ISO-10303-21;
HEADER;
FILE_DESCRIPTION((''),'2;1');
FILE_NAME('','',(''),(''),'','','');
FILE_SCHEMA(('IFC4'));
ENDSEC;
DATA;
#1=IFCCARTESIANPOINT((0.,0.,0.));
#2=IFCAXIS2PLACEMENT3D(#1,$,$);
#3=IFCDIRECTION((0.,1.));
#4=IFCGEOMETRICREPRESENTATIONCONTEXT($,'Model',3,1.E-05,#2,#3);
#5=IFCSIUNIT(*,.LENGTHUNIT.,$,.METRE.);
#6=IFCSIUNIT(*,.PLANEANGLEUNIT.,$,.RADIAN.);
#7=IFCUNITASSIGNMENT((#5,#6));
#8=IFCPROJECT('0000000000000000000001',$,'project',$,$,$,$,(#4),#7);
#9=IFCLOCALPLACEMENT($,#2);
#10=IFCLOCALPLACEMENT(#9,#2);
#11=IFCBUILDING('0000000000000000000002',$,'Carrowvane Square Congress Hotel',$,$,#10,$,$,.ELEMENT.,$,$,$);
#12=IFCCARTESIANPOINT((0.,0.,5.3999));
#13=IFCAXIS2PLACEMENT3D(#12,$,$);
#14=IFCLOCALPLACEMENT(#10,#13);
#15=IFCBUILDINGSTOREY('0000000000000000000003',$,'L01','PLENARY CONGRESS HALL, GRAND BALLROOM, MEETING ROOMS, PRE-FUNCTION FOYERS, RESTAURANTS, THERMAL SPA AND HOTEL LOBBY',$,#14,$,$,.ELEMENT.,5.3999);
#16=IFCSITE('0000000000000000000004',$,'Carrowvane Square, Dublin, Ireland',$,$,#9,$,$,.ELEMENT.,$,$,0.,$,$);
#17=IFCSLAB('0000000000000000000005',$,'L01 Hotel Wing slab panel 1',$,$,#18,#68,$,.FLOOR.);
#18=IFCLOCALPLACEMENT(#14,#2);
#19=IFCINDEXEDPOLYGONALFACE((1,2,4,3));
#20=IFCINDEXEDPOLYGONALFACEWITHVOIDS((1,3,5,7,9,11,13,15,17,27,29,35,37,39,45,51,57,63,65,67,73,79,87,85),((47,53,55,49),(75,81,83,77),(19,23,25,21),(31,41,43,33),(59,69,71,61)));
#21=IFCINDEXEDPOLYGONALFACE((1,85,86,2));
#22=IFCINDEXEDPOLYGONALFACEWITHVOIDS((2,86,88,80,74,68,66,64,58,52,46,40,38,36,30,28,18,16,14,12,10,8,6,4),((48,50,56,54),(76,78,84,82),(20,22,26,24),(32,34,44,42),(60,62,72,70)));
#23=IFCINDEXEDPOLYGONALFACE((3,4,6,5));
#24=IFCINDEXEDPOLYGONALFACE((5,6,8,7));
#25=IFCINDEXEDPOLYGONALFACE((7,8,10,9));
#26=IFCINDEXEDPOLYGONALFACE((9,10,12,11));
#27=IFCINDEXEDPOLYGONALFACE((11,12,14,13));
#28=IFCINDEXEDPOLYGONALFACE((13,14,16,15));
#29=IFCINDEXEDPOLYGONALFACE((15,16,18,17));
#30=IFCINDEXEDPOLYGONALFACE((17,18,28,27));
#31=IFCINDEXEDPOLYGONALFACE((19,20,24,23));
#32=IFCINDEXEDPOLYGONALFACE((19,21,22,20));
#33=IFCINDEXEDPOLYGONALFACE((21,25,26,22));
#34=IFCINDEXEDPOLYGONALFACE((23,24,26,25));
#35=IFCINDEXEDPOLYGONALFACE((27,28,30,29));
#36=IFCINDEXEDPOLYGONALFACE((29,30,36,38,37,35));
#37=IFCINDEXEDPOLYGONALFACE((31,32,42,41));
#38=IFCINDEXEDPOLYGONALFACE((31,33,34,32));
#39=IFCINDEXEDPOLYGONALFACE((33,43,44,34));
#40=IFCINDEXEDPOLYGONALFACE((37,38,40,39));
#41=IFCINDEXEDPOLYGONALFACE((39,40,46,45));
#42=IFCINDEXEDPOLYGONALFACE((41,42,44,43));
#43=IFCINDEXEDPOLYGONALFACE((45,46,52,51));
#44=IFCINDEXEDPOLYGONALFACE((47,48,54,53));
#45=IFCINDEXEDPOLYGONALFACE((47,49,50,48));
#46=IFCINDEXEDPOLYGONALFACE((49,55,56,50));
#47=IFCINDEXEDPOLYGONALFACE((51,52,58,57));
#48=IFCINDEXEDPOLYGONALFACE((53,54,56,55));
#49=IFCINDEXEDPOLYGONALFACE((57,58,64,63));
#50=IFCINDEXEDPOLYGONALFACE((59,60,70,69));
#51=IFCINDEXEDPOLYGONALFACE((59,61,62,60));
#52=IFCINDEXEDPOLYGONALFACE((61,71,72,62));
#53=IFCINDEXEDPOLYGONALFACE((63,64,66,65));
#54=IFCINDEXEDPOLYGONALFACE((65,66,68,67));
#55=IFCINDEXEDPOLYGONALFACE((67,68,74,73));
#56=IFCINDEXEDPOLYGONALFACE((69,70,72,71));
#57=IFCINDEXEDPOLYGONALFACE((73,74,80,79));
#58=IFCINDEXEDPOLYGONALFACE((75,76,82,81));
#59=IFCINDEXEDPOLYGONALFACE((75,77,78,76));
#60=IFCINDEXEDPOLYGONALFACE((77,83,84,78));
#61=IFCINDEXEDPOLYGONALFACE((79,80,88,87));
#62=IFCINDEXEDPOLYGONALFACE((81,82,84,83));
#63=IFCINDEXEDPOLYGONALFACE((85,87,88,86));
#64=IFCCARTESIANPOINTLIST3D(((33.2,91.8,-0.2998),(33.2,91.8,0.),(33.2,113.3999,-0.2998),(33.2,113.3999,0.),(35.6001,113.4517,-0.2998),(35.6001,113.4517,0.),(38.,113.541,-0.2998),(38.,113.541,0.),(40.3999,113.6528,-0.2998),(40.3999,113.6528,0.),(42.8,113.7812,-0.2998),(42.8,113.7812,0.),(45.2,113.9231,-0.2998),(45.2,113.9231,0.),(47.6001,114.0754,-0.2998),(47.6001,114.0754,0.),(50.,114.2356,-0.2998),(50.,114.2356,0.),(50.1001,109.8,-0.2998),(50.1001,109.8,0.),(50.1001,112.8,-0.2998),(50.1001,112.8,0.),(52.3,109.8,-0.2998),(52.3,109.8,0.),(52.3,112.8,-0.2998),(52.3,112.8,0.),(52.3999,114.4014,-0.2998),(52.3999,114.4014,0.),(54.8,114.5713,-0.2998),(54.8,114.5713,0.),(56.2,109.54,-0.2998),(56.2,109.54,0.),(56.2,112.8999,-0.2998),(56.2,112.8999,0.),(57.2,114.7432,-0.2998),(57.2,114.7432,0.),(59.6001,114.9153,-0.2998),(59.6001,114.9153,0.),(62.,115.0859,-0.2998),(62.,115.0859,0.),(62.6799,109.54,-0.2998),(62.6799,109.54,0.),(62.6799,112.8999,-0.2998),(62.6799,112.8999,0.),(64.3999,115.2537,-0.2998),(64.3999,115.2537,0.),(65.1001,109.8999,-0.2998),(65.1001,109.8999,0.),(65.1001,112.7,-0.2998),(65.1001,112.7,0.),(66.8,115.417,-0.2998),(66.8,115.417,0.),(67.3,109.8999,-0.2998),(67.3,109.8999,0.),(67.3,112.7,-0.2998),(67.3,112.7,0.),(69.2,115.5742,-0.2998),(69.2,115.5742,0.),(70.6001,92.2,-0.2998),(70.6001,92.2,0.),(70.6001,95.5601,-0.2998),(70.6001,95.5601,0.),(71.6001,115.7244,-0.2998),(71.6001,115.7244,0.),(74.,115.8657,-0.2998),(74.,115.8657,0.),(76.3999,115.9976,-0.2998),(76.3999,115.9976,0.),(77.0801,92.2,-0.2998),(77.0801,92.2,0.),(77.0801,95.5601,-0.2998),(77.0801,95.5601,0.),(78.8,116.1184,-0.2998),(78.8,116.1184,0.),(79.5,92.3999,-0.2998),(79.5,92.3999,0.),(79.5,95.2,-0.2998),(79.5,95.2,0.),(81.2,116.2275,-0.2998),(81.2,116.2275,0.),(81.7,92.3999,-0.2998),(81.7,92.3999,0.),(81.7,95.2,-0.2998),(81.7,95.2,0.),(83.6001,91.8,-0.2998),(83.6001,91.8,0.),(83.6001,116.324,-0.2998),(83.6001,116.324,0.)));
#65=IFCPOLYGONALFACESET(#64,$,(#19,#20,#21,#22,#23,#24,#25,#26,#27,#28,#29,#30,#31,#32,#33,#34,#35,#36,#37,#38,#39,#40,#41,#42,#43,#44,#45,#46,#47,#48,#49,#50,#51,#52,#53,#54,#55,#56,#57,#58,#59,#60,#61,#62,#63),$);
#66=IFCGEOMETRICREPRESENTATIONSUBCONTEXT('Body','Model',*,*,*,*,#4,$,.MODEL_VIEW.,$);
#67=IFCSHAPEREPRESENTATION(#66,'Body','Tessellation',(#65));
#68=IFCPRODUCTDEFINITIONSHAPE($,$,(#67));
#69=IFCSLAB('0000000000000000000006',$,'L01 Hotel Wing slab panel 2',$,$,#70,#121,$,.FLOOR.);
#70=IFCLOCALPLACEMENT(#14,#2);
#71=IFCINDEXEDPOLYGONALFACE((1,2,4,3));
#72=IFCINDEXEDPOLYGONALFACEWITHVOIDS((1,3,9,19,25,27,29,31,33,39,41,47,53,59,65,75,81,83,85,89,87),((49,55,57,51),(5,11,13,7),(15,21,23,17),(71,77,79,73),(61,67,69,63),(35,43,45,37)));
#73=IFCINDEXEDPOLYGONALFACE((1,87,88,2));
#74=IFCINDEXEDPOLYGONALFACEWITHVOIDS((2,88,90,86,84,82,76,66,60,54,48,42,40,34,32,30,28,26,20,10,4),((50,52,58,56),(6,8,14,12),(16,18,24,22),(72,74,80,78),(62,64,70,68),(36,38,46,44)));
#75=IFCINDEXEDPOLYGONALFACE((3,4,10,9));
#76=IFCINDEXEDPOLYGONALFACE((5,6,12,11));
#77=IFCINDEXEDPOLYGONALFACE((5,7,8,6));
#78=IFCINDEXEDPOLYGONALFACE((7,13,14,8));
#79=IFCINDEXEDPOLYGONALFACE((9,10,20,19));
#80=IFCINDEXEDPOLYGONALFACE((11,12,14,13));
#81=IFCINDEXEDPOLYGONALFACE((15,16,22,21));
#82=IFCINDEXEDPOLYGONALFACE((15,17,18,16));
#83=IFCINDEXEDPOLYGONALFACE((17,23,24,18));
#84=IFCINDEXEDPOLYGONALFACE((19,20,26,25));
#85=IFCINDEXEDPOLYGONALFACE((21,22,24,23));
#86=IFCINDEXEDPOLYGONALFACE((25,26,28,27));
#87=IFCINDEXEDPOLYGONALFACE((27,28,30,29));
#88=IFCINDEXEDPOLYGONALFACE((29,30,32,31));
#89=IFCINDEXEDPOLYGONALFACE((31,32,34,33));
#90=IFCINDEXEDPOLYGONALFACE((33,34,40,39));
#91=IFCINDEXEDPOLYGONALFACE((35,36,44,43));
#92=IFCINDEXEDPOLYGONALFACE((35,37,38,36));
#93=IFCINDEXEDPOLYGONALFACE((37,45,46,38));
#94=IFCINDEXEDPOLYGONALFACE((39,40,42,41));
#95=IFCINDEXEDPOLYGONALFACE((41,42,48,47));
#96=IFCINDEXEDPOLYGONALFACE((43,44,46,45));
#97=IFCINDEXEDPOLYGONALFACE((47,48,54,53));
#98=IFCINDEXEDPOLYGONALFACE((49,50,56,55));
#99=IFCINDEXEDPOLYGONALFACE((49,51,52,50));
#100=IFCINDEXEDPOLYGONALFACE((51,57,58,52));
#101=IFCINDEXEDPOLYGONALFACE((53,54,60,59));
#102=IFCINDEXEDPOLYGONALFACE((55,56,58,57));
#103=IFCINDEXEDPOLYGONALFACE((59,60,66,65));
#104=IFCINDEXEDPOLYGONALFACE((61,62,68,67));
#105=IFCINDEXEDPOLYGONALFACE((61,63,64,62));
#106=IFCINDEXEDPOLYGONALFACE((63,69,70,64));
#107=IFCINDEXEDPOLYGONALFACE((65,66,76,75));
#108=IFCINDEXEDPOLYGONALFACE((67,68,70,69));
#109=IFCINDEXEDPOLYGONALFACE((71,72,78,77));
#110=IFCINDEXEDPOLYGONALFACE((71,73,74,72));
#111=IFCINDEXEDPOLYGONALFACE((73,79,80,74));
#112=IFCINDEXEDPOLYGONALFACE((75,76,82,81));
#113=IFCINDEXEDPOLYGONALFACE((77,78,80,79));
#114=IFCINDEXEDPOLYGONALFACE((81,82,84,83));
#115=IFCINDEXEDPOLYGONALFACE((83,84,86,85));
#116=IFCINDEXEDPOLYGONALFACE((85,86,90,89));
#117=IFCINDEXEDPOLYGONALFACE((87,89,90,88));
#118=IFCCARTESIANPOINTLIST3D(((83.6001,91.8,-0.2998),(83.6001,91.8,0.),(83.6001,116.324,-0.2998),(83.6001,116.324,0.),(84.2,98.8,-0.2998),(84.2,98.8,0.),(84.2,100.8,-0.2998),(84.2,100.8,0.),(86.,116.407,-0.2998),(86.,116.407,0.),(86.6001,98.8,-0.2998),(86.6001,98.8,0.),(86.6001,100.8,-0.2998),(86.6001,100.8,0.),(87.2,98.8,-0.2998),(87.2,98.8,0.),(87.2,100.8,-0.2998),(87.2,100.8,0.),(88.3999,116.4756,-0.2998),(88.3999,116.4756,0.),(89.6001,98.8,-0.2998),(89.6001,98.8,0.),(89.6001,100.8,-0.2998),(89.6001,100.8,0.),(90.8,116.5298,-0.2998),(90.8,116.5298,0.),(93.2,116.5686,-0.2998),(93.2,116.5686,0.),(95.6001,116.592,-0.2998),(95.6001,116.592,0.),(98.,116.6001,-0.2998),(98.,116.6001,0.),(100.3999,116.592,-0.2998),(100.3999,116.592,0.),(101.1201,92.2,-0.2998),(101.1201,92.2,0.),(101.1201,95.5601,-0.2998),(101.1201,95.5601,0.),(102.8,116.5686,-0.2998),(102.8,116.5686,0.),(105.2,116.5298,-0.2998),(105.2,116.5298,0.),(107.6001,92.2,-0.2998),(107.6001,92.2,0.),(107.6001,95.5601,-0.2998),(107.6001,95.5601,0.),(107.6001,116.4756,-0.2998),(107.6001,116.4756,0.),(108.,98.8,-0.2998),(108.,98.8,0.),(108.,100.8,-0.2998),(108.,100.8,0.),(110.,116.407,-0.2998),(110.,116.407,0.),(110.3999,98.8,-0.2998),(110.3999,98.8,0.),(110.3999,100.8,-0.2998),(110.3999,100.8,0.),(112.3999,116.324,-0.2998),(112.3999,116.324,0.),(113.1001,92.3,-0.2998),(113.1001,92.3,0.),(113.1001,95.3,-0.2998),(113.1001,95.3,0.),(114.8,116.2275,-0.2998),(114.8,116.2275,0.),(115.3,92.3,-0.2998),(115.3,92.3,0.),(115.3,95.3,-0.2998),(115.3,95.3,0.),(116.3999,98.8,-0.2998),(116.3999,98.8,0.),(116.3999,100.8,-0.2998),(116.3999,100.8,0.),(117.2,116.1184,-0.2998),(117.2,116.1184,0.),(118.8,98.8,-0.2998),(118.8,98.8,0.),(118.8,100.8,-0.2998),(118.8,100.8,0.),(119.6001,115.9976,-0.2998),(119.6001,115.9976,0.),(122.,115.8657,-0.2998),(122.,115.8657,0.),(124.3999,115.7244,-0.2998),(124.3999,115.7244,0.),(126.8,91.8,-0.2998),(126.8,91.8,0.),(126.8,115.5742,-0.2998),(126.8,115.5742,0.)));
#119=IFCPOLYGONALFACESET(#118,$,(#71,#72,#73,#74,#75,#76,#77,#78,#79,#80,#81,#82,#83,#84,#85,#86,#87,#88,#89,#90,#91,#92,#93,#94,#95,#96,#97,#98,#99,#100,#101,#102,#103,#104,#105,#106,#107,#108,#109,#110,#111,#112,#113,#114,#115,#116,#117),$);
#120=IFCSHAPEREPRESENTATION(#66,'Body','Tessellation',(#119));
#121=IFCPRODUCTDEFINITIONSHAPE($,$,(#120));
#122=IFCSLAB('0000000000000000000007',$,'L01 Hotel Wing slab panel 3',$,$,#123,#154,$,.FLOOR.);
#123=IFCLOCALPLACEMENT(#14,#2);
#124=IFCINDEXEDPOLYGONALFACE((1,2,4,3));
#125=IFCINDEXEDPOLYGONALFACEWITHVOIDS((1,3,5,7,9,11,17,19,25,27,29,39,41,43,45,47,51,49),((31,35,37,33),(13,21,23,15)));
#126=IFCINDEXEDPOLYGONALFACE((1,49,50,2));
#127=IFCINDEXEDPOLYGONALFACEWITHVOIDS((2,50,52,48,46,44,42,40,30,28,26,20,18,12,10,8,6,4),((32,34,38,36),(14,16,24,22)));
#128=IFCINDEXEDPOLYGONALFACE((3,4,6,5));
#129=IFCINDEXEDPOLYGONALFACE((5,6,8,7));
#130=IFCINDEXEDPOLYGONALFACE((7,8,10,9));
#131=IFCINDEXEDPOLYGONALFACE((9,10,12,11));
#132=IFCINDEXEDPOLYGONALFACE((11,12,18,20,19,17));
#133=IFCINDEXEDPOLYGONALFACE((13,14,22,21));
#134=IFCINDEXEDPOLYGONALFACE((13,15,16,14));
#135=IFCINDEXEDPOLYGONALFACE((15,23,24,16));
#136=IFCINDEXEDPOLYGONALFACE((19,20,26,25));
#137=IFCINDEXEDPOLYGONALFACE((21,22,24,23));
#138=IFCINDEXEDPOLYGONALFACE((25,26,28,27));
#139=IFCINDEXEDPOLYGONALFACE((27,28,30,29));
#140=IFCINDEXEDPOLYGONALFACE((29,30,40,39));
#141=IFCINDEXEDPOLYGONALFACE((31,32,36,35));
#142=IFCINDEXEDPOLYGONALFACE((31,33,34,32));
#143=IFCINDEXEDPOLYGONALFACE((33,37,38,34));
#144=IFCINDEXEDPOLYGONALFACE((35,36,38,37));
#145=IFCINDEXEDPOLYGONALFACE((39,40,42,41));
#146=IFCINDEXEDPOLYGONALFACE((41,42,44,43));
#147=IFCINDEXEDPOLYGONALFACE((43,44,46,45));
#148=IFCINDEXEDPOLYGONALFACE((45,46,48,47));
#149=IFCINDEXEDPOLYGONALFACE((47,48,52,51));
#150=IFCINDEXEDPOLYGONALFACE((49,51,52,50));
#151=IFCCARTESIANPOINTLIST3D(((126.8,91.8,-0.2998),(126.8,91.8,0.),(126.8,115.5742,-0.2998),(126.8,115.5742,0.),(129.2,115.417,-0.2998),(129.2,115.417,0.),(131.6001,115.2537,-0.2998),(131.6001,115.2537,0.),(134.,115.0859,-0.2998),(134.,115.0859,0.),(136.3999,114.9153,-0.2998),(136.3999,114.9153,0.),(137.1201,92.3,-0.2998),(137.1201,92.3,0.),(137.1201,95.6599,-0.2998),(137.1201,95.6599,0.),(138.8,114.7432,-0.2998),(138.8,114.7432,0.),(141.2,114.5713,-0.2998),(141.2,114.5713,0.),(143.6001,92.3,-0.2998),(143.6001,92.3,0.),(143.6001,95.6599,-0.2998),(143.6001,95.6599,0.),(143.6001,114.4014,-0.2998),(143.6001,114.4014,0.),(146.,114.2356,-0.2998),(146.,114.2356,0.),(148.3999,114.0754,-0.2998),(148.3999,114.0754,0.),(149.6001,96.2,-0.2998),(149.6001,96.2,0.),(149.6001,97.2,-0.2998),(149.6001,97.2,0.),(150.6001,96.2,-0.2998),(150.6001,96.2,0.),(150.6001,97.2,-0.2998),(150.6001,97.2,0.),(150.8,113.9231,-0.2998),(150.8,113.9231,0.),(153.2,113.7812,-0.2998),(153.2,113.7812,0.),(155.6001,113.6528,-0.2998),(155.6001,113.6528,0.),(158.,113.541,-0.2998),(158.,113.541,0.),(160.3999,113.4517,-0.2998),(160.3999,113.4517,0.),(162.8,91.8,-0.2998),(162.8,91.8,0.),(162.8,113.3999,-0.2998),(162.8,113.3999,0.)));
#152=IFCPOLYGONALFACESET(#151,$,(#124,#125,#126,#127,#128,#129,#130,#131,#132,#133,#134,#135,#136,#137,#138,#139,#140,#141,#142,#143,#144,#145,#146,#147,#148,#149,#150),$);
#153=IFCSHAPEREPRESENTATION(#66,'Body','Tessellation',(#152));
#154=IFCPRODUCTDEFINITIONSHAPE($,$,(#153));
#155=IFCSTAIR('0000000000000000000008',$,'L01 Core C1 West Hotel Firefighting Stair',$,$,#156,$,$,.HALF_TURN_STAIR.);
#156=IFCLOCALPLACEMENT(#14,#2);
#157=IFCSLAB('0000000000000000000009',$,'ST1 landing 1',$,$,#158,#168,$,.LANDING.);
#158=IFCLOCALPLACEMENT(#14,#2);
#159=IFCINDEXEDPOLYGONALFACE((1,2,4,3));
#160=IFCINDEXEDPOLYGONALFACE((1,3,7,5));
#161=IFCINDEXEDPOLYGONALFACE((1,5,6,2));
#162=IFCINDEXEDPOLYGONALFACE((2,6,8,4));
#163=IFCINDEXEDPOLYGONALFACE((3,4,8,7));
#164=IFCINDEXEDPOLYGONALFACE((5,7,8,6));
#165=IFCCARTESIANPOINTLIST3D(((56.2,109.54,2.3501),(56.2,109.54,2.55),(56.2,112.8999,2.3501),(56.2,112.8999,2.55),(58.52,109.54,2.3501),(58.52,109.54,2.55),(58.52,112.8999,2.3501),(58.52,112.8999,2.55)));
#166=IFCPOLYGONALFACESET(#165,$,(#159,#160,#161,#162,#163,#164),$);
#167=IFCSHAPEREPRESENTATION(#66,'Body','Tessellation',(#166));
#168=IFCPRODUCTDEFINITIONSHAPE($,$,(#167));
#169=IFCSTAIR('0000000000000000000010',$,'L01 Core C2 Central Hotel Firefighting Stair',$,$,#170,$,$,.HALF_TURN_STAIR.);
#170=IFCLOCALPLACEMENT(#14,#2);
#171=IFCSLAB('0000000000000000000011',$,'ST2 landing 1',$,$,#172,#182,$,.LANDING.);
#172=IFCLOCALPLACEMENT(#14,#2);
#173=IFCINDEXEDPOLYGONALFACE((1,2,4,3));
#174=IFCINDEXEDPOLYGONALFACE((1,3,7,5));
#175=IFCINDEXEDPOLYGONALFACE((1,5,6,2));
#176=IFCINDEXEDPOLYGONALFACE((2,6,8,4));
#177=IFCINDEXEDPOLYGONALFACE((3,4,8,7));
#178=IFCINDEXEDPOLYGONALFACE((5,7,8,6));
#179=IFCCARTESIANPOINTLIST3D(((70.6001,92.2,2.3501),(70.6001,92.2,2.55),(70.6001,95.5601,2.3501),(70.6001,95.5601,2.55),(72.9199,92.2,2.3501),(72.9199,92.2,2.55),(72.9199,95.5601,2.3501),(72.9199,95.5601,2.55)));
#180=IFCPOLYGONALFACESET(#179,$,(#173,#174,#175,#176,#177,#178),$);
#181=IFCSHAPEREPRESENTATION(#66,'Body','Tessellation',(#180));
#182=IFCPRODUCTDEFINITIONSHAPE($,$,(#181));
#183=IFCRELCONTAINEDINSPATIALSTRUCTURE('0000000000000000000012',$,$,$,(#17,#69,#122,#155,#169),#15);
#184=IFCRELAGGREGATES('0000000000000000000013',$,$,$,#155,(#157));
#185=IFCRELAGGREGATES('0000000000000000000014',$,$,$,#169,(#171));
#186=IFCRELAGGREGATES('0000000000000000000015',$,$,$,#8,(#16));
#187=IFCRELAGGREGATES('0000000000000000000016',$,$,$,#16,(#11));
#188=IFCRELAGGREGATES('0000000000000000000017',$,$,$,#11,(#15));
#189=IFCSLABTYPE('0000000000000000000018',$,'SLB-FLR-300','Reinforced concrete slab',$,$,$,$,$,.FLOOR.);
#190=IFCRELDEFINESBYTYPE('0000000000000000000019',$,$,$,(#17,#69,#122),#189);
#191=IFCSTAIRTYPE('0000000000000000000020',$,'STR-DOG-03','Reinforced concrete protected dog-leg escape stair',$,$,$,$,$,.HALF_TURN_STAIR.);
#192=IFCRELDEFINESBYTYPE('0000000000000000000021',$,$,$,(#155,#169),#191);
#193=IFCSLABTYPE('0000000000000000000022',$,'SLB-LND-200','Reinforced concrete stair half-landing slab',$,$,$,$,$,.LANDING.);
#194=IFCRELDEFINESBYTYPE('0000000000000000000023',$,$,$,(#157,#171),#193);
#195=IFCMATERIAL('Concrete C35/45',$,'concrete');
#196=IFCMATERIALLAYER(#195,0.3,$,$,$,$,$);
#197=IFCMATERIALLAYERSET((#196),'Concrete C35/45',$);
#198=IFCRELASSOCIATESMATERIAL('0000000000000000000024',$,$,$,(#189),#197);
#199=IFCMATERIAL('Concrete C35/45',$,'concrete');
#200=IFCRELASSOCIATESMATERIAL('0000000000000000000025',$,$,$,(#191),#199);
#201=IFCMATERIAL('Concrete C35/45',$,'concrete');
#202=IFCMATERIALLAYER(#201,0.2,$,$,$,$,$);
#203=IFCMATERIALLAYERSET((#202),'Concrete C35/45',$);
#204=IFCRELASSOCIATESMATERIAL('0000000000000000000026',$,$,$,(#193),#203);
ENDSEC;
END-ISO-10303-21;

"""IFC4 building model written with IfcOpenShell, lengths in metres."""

from ifc_helpers import new_model, si_unit, direction, frame, origin, place, context, subcontext, project, spatial, polyline, outline, extrude, material, layer, layer_set, type_object, element, aggregate, save


model = new_model("IFC4")

# Units and contexts
model_context = context("Model", 3, precision=1e-05, world=origin(), true_north=direction((0.0, 1.0)))
body_context = subcontext(model_context, "Body", "Model", "MODEL_VIEW")
ifc_project = project(units=[si_unit("LENGTHUNIT", "METRE"), si_unit("PLANEANGLEUNIT", "RADIAN")], contexts=[model_context])

# Site, building, storey
site_placement = place(None, origin())
site = spatial("IfcSite", under=ifc_project, at=site_placement, Name="Carrowvane Square, Dublin, Ireland", CompositionType="ELEMENT", RefElevation=0.0)
building_placement = place(site_placement, origin())
building = spatial("IfcBuilding", under=site, at=building_placement, Name="Carrowvane Square Congress Hotel", CompositionType="ELEMENT")
storey_placement = place(building_placement, frame((0.0, 0.0, 5.3999)))
storey = spatial("IfcBuildingStorey", under=building, at=storey_placement, Name="L01", Description="PLENARY CONGRESS HALL, GRAND BALLROOM, MEETING ROOMS, PRE-FUNCTION FOYERS, RESTAURANTS, THERMAL SPA AND HOTEL LOBBY", CompositionType="ELEMENT", Elevation=5.3999)

# Slabs
ifc_material_1 = material(Name="Concrete C35/45", Category="concrete")
ifc_layer_1 = layer(ifc_material_1, 0.3)
ifc_layer_set_1 = layer_set([ifc_layer_1], Name="Concrete C35/45")
slab_type_1 = type_object("IfcSlabType", Name="SLB-FLR-300", Description="Reinforced concrete slab", PredefinedType="FLOOR", material=ifc_layer_set_1)
slab_1_placement = place(storey_placement, frame((0.0, 0.0, -0.2998)))
element("IfcSlab", 1, at=slab_1_placement, inside=storey, type_object=slab_type_1, Name="L01 Hotel Wing slab panel 1", PredefinedType="FLOOR", context=body_context, shape_type="SweptSolid", body=[
    extrude(outline(polyline([(33.2, 91.8), (83.6001, 91.8), (83.6001, 116.324), (81.2, 116.2275), (78.8, 116.1184), (76.3999, 115.9976), (74.0, 115.8657), (71.6001, 115.7244), (69.2, 115.5742), (66.8, 115.417), (64.3999, 115.2537), (62.0, 115.0859), (59.6001, 114.9153), (57.2, 114.7432), (54.8, 114.5713), (52.3999, 114.4014), (50.0, 114.2356), (47.6001, 114.0754), (45.2, 113.9231), (42.8, 113.7812), (40.3999, 113.6528), (38.0, 113.541), (35.6001, 113.4517), (33.2, 113.3999), (33.2, 91.8)]), holes=[polyline([(62.6799, 112.8999), (56.2, 112.8999), (56.2, 109.54), (62.6799, 109.54), (62.6799, 112.8999)]), polyline([(77.0801, 95.5601), (70.6001, 95.5601), (70.6001, 92.2), (77.0801, 92.2), (77.0801, 95.5601)]), polyline([(65.1001, 109.8999), (67.3, 109.8999), (67.3, 112.7), (65.1001, 112.7), (65.1001, 109.8999)]), polyline([(79.5, 92.3999), (81.7, 92.3999), (81.7, 95.2), (79.5, 95.2), (79.5, 92.3999)]), polyline([(50.1001, 109.8), (52.3, 109.8), (52.3, 112.8), (50.1001, 112.8), (50.1001, 109.8)])]), origin(), (0.0, 0.0, 1.0), 0.2998),
])
slab_2_placement = place(storey_placement, frame((0.0, 0.0, -0.2998)))
element("IfcSlab", 2, at=slab_2_placement, inside=storey, type_object=slab_type_1, Name="L01 Hotel Wing slab panel 2", PredefinedType="FLOOR", context=body_context, shape_type="SweptSolid", body=[
    extrude(outline(polyline([(83.6001, 91.8), (126.8, 91.8), (126.8, 115.5742), (124.3999, 115.7244), (122.0, 115.8657), (119.6001, 115.9976), (117.2, 116.1184), (114.8, 116.2275), (112.3999, 116.324), (110.0, 116.407), (107.6001, 116.4756), (105.2, 116.5298), (102.8, 116.5686), (100.3999, 116.592), (98.0, 116.6001), (95.6001, 116.592), (93.2, 116.5686), (90.8, 116.5298), (88.3999, 116.4756), (86.0, 116.407), (83.6001, 116.324), (83.6001, 91.8)]), holes=[polyline([(101.1201, 92.2), (107.6001, 92.2), (107.6001, 95.5601), (101.1201, 95.5601), (101.1201, 92.2)]), polyline([(84.2, 98.8), (86.6001, 98.8), (86.6001, 100.8), (84.2, 100.8), (84.2, 98.8)]), polyline([(87.2, 98.8), (89.6001, 98.8), (89.6001, 100.8), (87.2, 100.8), (87.2, 98.8)]), polyline([(108.0, 98.8), (110.3999, 98.8), (110.3999, 100.8), (108.0, 100.8), (108.0, 98.8)]), polyline([(116.3999, 98.8), (118.8, 98.8), (118.8, 100.8), (116.3999, 100.8), (116.3999, 98.8)]), polyline([(113.1001, 92.3), (115.3, 92.3), (115.3, 95.3), (113.1001, 95.3), (113.1001, 92.3)])]), origin(), (0.0, 0.0, 1.0), 0.2998),
])
slab_3_placement = place(storey_placement, frame((0.0, 0.0, -0.2998)))
element("IfcSlab", 3, at=slab_3_placement, inside=storey, type_object=slab_type_1, Name="L01 Hotel Wing slab panel 3", PredefinedType="FLOOR", context=body_context, shape_type="SweptSolid", body=[
    extrude(outline(polyline([(126.8, 91.8), (162.8, 91.8), (162.8, 113.3999), (160.3999, 113.4517), (158.0, 113.541), (155.6001, 113.6528), (153.2, 113.7812), (150.8, 113.9231), (148.3999, 114.0754), (146.0, 114.2356), (143.6001, 114.4014), (141.2, 114.5713), (138.8, 114.7432), (136.3999, 114.9153), (134.0, 115.0859), (131.6001, 115.2537), (129.2, 115.417), (126.8, 115.5742), (126.8, 91.8)]), holes=[polyline([(137.1201, 92.3), (143.6001, 92.3), (143.6001, 95.6599), (137.1201, 95.6599), (137.1201, 92.3)]), polyline([(149.6001, 96.2), (150.6001, 96.2), (150.6001, 97.2), (149.6001, 97.2), (149.6001, 96.2)])]), origin(), (0.0, 0.0, 1.0), 0.2998),
])

# Stairs, slabs
ifc_material_2 = material(Name="Concrete C35/45", Category="concrete")
stair_type_1 = type_object("IfcStairType", Name="STR-DOG-03", Description="Reinforced concrete protected dog-leg escape stair", PredefinedType="HALF_TURN_STAIR", material=ifc_material_2)
stair_1_placement = place(storey_placement, origin())
stair_1 = element("IfcStair", 4, at=stair_1_placement, inside=storey, type_object=stair_type_1, Name="L01 Core C1 West Hotel Firefighting Stair", PredefinedType="HALF_TURN_STAIR")
ifc_material_3 = material(Name="Concrete C35/45", Category="concrete")
ifc_layer_2 = layer(ifc_material_3, 0.2)
ifc_layer_set_2 = layer_set([ifc_layer_2], Name="Concrete C35/45")
slab_type_2 = type_object("IfcSlabType", Name="SLB-LND-200", Description="Reinforced concrete stair half-landing slab", PredefinedType="LANDING", material=ifc_layer_set_2)
slab_4_placement = place(storey_placement, frame((0.0, 0.0, 2.3501)))
slab_4 = element("IfcSlab", 5, at=slab_4_placement, type_object=slab_type_2, Name="ST1 landing 1", PredefinedType="LANDING", context=body_context, shape_type="SweptSolid", body=[
    extrude(outline(polyline([(58.52, 112.8999), (56.2, 112.8999), (56.2, 109.54), (58.52, 109.54), (58.52, 112.8999)])), origin(), (0.0, 0.0, 1.0), 0.2),
])
aggregate(stair_1, [slab_4])
stair_2_placement = place(storey_placement, origin())
stair_2 = element("IfcStair", 6, at=stair_2_placement, inside=storey, type_object=stair_type_1, Name="L01 Core C2 Central Hotel Firefighting Stair", PredefinedType="HALF_TURN_STAIR")
slab_5_placement = place(storey_placement, frame((0.0, 0.0, 2.3501)))
slab_5 = element("IfcSlab", 7, at=slab_5_placement, type_object=slab_type_2, Name="ST2 landing 1", PredefinedType="LANDING", context=body_context, shape_type="SweptSolid", body=[
    extrude(outline(polyline([(72.9199, 95.5601), (70.6001, 95.5601), (70.6001, 92.2), (72.9199, 92.2), (72.9199, 95.5601)])), origin(), (0.0, 0.0, 1.0), 0.2),
])
aggregate(stair_2, [slab_5])

save(model, "model.ifc")
